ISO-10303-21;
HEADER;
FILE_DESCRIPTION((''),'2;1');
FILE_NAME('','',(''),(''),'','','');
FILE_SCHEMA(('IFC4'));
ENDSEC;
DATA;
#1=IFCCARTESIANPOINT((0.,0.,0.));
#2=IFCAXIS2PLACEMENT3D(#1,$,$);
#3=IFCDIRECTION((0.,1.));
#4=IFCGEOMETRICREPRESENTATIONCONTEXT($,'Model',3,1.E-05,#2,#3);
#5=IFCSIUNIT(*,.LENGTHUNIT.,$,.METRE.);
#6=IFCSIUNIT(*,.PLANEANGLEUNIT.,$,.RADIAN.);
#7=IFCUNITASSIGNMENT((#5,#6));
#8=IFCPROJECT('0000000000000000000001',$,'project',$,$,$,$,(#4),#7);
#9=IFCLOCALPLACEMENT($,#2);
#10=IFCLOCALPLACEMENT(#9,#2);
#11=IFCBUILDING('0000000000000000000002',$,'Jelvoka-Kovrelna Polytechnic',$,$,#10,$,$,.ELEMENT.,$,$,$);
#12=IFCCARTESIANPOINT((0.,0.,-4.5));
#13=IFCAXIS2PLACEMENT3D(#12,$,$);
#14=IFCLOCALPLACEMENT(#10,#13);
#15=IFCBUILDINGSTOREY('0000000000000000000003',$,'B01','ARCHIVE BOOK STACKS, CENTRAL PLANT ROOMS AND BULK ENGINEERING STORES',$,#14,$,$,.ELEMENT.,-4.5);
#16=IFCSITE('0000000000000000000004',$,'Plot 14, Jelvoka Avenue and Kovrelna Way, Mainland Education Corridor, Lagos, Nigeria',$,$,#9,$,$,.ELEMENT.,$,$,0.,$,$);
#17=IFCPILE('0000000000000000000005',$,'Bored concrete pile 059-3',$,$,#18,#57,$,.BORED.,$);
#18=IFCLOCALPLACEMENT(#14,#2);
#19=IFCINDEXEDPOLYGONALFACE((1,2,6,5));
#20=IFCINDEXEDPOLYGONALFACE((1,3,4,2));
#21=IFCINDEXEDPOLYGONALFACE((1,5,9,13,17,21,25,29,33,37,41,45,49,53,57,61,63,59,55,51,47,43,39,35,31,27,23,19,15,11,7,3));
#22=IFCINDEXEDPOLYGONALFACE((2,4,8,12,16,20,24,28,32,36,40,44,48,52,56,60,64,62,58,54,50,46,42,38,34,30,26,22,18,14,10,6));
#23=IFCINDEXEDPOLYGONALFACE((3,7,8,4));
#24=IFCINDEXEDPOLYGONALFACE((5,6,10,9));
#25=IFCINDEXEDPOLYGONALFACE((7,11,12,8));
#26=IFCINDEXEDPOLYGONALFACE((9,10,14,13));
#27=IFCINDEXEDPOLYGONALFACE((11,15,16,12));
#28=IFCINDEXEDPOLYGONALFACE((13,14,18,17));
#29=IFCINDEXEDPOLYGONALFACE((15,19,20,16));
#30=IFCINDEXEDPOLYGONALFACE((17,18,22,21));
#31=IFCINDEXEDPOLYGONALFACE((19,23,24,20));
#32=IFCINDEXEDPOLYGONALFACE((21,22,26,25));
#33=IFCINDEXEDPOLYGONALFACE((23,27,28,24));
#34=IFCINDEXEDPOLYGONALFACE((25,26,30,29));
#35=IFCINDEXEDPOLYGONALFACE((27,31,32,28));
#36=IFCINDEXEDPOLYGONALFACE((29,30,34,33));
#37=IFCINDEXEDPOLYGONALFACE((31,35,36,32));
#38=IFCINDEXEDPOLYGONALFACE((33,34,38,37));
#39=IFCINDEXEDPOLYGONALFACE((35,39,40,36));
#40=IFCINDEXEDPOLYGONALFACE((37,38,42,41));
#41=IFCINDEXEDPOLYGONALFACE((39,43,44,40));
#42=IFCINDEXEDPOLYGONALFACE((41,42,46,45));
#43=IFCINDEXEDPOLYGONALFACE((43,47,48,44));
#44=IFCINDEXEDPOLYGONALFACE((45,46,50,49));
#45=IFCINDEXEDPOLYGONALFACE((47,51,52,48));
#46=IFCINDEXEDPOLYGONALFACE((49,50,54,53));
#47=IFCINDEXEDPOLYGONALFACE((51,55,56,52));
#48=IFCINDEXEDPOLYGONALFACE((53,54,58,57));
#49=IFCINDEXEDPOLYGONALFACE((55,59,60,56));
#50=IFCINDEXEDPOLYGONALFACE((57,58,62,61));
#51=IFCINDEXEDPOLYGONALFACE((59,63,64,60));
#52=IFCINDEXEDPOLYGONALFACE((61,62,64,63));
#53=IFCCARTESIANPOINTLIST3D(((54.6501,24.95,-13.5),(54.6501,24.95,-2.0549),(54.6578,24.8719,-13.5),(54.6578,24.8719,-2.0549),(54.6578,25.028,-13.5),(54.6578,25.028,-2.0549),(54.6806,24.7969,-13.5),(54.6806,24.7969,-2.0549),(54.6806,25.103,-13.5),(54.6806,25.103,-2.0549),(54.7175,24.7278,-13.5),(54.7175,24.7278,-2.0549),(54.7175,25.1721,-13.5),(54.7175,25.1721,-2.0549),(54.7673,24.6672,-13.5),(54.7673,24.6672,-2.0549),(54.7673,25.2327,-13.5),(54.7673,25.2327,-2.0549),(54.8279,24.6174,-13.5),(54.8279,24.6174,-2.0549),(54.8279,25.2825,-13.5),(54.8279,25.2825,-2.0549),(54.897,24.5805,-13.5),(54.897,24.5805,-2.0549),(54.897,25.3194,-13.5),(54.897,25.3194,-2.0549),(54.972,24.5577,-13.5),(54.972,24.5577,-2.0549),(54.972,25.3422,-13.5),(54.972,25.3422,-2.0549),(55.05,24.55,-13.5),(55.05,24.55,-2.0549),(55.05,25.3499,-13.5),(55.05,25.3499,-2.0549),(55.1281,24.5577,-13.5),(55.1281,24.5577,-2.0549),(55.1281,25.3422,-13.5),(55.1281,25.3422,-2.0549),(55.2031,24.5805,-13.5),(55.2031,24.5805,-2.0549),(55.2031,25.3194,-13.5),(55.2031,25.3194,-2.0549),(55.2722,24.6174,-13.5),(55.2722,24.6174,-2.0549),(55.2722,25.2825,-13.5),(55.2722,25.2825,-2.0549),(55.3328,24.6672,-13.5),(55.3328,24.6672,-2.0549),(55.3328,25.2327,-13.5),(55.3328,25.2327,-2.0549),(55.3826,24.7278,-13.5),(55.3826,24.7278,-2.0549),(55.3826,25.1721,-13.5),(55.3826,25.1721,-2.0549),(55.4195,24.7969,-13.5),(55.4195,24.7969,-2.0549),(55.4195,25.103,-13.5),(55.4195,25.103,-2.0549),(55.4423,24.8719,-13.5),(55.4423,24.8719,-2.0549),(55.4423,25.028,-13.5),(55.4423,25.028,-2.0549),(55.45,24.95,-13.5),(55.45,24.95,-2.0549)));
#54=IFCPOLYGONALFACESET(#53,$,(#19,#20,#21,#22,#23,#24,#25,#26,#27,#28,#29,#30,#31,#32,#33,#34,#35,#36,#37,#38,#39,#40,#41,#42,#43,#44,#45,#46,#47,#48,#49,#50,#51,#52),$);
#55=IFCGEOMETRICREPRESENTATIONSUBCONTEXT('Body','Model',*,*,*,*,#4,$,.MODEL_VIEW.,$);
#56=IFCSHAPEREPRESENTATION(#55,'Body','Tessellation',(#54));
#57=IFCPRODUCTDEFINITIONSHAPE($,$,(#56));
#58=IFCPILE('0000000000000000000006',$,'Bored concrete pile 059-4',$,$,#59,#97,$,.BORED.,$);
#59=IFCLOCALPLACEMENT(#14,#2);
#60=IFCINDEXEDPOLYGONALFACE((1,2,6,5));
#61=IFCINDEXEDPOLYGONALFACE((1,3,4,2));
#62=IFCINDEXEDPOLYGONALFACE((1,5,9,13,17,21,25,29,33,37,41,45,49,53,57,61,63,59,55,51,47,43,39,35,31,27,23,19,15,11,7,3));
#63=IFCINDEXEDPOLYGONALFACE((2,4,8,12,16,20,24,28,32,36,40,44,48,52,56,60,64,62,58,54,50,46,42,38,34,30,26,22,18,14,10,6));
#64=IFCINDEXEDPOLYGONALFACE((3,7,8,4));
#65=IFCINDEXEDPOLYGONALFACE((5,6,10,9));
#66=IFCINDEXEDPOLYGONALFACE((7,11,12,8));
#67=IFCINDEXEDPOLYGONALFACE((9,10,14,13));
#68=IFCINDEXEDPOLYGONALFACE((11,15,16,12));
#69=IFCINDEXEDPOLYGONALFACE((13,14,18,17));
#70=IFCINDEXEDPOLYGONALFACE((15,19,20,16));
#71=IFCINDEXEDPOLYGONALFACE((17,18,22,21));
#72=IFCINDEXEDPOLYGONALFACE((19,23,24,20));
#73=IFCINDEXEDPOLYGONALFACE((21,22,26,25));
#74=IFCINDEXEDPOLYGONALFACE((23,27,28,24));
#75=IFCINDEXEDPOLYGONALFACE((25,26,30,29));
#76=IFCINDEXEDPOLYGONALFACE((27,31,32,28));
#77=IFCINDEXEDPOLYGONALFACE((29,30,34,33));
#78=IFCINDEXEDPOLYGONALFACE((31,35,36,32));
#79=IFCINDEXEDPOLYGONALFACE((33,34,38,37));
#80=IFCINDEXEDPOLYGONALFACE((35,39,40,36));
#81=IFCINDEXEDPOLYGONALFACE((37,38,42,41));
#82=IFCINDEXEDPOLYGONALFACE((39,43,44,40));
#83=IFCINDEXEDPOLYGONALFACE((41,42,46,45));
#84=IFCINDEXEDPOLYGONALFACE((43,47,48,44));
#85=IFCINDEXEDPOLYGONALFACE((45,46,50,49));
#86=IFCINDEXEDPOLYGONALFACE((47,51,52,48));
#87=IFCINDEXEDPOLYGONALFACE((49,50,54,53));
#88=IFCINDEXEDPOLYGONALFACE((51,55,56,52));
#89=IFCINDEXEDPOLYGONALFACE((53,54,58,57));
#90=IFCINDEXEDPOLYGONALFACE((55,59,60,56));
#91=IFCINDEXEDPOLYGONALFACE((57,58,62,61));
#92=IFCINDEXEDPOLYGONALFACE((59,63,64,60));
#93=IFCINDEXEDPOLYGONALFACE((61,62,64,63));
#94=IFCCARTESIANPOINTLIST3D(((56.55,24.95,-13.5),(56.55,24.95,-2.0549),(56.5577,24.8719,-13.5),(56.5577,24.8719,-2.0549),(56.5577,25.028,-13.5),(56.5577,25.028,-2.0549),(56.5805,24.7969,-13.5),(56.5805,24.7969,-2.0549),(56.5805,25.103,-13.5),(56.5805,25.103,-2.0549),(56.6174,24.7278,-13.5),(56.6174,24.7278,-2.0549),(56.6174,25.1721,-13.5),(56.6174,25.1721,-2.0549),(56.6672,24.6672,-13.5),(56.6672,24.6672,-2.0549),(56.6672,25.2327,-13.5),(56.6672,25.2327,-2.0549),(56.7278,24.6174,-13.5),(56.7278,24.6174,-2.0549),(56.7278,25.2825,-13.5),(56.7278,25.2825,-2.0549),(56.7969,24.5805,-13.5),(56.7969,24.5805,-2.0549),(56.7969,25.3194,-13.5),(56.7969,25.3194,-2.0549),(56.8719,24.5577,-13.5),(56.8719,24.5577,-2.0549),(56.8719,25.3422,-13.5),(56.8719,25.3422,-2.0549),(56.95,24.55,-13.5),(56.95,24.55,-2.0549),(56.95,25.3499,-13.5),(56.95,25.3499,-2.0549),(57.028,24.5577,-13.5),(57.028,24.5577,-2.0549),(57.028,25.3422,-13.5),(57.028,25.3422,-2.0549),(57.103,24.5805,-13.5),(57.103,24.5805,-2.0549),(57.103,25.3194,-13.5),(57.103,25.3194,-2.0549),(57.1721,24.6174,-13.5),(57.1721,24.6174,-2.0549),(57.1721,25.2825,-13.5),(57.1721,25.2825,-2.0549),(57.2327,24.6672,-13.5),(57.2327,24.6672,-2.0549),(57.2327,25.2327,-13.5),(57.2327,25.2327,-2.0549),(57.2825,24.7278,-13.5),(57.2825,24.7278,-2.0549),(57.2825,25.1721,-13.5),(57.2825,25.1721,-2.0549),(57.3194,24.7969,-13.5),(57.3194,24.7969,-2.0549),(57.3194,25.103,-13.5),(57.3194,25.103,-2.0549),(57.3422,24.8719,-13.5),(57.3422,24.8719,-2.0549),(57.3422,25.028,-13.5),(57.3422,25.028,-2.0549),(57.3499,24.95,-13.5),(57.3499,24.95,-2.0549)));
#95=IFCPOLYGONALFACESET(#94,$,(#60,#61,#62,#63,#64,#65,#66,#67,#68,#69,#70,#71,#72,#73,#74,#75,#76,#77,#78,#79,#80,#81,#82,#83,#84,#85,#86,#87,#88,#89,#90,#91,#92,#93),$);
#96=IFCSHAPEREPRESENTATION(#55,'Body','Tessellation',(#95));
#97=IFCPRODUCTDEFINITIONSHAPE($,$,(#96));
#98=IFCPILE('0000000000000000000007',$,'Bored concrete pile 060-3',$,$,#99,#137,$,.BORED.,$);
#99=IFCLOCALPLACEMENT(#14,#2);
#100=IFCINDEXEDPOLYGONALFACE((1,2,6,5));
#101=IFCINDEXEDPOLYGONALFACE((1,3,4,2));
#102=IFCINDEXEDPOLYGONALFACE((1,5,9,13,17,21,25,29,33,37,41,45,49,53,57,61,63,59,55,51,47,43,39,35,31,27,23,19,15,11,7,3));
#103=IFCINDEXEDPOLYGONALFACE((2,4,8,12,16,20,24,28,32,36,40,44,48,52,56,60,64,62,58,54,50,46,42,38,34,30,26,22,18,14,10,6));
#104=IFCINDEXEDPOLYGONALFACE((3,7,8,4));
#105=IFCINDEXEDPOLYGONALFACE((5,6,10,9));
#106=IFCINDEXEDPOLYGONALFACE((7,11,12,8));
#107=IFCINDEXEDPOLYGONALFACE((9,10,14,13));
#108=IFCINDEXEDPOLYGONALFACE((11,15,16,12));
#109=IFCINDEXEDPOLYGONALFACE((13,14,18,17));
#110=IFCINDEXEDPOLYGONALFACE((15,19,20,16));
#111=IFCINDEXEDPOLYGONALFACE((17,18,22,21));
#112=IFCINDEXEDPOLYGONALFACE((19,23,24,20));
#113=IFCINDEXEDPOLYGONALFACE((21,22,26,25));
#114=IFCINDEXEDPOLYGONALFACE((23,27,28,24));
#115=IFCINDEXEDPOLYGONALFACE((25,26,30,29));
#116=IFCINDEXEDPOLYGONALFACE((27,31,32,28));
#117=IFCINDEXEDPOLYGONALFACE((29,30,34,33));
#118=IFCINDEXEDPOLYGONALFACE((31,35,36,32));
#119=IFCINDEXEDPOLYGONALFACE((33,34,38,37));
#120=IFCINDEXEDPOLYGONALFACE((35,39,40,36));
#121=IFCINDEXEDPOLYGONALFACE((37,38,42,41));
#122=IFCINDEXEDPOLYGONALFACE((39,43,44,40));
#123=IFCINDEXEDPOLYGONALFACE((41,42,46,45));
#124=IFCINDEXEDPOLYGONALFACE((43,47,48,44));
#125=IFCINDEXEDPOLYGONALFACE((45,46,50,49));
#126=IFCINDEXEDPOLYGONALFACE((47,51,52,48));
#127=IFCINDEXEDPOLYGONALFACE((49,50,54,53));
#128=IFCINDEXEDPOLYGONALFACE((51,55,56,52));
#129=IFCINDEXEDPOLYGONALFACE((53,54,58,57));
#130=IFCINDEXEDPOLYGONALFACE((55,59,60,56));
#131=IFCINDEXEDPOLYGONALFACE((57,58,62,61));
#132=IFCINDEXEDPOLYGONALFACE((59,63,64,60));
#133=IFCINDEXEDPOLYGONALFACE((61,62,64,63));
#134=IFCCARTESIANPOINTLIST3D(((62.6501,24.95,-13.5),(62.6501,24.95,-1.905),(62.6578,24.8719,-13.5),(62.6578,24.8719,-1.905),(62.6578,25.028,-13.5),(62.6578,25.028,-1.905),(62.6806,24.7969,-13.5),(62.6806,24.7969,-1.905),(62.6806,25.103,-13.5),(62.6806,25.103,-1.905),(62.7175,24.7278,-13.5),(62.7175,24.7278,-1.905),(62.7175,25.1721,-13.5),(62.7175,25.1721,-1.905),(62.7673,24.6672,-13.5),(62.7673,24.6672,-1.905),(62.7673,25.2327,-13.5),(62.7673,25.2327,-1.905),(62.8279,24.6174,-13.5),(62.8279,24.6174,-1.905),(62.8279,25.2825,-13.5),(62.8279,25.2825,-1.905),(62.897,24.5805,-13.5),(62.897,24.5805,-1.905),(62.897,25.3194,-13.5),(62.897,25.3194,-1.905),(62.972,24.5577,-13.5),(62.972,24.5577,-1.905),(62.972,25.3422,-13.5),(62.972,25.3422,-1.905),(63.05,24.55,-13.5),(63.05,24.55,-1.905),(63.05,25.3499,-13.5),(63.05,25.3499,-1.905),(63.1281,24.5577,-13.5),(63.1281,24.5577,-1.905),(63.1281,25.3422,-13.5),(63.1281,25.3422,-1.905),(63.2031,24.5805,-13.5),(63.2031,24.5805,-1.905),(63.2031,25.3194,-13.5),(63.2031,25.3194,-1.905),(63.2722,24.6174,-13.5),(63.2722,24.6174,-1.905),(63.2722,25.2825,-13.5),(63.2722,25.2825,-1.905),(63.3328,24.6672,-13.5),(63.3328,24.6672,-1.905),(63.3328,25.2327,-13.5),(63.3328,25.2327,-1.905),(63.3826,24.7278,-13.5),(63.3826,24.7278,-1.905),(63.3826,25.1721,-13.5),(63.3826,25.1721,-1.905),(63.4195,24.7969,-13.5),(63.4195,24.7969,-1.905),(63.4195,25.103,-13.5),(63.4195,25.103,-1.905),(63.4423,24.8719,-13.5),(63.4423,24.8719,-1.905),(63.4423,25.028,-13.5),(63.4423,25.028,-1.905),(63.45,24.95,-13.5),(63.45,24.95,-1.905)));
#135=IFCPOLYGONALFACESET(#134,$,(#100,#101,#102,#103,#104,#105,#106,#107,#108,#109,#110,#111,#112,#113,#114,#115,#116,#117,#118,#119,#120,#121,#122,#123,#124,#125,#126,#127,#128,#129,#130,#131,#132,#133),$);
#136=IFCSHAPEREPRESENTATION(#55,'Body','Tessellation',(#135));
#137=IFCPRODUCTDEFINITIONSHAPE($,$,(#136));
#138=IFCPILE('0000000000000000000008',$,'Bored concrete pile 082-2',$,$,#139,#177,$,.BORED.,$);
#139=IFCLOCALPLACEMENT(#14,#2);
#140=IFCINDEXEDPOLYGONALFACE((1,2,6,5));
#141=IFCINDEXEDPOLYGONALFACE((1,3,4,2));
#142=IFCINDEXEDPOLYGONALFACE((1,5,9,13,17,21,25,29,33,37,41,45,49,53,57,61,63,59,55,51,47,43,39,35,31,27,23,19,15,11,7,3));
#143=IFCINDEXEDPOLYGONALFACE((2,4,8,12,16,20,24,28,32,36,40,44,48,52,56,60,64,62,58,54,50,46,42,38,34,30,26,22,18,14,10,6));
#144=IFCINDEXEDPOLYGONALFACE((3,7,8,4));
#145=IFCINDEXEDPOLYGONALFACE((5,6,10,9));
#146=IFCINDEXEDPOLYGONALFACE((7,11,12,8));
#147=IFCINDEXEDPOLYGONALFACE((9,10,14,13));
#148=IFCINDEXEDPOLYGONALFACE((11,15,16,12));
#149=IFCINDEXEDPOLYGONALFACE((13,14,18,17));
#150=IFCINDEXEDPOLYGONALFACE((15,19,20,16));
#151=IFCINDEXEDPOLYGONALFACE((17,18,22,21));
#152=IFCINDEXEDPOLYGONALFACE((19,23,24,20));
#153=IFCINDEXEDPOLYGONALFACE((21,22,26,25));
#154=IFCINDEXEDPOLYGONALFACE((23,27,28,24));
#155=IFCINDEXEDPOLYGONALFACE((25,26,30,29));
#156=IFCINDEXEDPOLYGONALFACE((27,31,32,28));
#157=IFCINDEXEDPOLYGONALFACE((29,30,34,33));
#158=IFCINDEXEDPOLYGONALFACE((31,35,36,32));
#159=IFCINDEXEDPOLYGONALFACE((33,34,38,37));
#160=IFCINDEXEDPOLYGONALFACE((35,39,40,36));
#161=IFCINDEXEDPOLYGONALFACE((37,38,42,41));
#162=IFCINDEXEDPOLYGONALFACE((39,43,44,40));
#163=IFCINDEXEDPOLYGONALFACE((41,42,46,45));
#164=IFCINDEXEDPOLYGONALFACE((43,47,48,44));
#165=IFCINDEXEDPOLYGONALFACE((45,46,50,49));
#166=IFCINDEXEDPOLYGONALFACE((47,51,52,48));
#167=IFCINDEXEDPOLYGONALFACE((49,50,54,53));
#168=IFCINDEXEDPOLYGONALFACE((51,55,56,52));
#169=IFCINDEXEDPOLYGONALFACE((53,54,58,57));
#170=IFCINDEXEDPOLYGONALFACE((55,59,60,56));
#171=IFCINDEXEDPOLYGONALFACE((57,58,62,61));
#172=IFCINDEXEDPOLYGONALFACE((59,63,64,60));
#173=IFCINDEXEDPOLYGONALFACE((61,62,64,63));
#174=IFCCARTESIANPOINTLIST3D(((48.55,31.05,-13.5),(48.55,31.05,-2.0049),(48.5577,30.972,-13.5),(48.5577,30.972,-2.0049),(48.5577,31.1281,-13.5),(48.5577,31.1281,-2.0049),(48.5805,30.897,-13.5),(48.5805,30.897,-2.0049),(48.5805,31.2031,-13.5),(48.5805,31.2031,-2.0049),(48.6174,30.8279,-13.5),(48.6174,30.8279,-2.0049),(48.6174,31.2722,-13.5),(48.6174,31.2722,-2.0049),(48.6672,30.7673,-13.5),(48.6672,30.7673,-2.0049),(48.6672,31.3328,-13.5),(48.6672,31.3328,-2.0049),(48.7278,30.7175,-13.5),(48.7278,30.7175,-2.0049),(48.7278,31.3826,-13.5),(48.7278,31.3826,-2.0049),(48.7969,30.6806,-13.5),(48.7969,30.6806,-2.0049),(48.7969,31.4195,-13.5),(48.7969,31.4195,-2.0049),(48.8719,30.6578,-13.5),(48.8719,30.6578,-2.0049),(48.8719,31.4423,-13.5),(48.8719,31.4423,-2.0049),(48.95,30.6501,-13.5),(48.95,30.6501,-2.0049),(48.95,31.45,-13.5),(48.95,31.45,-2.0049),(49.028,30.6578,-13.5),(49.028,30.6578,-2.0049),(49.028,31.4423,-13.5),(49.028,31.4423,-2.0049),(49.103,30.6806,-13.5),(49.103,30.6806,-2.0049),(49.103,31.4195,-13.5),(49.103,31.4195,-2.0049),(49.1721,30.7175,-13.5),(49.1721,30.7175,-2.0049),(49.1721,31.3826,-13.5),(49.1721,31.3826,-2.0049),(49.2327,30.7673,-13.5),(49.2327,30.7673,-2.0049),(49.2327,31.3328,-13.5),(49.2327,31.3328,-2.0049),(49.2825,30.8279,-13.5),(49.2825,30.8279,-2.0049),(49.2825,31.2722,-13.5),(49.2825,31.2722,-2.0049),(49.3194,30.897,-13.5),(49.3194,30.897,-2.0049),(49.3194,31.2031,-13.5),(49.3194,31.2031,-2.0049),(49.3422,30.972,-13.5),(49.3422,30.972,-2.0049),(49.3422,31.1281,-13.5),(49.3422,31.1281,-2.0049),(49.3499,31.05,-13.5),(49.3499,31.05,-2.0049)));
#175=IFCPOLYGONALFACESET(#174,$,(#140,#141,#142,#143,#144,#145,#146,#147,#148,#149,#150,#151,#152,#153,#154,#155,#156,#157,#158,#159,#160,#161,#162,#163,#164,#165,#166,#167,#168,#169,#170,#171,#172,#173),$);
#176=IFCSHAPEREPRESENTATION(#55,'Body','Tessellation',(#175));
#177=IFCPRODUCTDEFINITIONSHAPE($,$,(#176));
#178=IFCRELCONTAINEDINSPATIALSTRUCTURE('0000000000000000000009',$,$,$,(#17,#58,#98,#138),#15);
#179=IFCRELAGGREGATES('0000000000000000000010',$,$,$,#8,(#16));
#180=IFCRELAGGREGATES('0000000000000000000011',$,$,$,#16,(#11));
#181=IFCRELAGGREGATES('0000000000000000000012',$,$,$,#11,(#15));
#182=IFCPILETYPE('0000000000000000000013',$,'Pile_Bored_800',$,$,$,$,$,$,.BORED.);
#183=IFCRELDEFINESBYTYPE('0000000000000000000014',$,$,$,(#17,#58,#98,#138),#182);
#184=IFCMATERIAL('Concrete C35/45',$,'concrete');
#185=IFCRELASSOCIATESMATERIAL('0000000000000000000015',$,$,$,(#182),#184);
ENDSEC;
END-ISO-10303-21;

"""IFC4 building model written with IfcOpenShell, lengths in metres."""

from ifc_helpers import new_model, si_unit, direction, frame, origin, origin_2d, place, context, subcontext, project, spatial, circle, extrude, material, material_profile, profile_set, type_object, element, save


model = new_model("IFC4")

# Units and contexts
model_context = context("Model", 3, precision=1e-05, world=origin(), true_north=direction((0.0, 1.0)))
body_context = subcontext(model_context, "Body", "Model", "MODEL_VIEW")
ifc_project = project(units=[si_unit("LENGTHUNIT", "METRE"), si_unit("PLANEANGLEUNIT", "RADIAN")], contexts=[model_context])

# Site, building, storey
site_placement = place(None, origin())
site = spatial("IfcSite", under=ifc_project, at=site_placement, Name="Plot 14, Jelvoka Avenue and Kovrelna Way, Mainland Education Corridor, Lagos, Nigeria", CompositionType="ELEMENT", RefElevation=0.0)
building_placement = place(site_placement, origin())
building = spatial("IfcBuilding", under=site, at=building_placement, Name="Jelvoka-Kovrelna Polytechnic", CompositionType="ELEMENT")
storey_placement = place(building_placement, frame((0.0, 0.0, -4.5)))
storey = spatial("IfcBuildingStorey", under=building, at=storey_placement, Name="B01", Description="ARCHIVE BOOK STACKS, CENTRAL PLANT ROOMS AND BULK ENGINEERING STORES", CompositionType="ELEMENT", Elevation=-4.5)

# Piles
ifc_material_1 = material(Name="Concrete C35/45", Category="concrete")
ifc_material_profile_1 = material_profile(ifc_material_1, circle(Radius=0.3999, at=origin_2d()), Name="PILE D800")
ifc_profile_set_1 = profile_set([ifc_material_profile_1], Name="Concrete C35/45")
pile_type = type_object("IfcPileType", Name="Pile_Bored_800", PredefinedType="BORED", material=ifc_profile_set_1)
for number, where, z_axis, x_axis, name in (
    (1, (55.05, 24.95, -2.0549), (0.0, 0.0, -1.0), (1.0, 0.0, 0.0), "Bored concrete pile 059-3"),
    (2, (56.95, 24.95, -2.0549), (0.0, 0.0, -1.0), (1.0, 0.0, 0.0), "Bored concrete pile 059-4"),
):
    element("IfcPile", number, at=place(storey_placement, frame(where, z_axis=z_axis, x_axis=x_axis)), inside=storey, type_object=pile_type, Name=name, PredefinedType="BORED", context=body_context, shape_type="SweptSolid", body=[
        extrude(circle(Radius=0.3999, at=origin_2d()), origin(), (0.0, 0.0, 1.0), 11.4451),
    ])
pile_1_placement = place(storey_placement, frame((63.05, 24.95, -1.905), z_axis=(0.0, 0.0, -1.0), x_axis=(1.0, 0.0, 0.0)))
element("IfcPile", 3, at=pile_1_placement, inside=storey, type_object=pile_type, Name="Bored concrete pile 060-3", PredefinedType="BORED", context=body_context, shape_type="SweptSolid", body=[
    extrude(circle(Radius=0.3999, at=origin_2d()), origin(), (0.0, 0.0, 1.0), 11.595),
])
pile_2_placement = place(storey_placement, frame((48.95, 31.05, -2.0049), z_axis=(0.0, 0.0, -1.0), x_axis=(1.0, 0.0, 0.0)))
element("IfcPile", 4, at=pile_2_placement, inside=storey, type_object=pile_type, Name="Bored concrete pile 082-2", PredefinedType="BORED", context=body_context, shape_type="SweptSolid", body=[
    extrude(circle(Radius=0.3999, at=origin_2d()), origin(), (0.0, 0.0, 1.0), 11.4951),
])

save(model, "model.ifc")
